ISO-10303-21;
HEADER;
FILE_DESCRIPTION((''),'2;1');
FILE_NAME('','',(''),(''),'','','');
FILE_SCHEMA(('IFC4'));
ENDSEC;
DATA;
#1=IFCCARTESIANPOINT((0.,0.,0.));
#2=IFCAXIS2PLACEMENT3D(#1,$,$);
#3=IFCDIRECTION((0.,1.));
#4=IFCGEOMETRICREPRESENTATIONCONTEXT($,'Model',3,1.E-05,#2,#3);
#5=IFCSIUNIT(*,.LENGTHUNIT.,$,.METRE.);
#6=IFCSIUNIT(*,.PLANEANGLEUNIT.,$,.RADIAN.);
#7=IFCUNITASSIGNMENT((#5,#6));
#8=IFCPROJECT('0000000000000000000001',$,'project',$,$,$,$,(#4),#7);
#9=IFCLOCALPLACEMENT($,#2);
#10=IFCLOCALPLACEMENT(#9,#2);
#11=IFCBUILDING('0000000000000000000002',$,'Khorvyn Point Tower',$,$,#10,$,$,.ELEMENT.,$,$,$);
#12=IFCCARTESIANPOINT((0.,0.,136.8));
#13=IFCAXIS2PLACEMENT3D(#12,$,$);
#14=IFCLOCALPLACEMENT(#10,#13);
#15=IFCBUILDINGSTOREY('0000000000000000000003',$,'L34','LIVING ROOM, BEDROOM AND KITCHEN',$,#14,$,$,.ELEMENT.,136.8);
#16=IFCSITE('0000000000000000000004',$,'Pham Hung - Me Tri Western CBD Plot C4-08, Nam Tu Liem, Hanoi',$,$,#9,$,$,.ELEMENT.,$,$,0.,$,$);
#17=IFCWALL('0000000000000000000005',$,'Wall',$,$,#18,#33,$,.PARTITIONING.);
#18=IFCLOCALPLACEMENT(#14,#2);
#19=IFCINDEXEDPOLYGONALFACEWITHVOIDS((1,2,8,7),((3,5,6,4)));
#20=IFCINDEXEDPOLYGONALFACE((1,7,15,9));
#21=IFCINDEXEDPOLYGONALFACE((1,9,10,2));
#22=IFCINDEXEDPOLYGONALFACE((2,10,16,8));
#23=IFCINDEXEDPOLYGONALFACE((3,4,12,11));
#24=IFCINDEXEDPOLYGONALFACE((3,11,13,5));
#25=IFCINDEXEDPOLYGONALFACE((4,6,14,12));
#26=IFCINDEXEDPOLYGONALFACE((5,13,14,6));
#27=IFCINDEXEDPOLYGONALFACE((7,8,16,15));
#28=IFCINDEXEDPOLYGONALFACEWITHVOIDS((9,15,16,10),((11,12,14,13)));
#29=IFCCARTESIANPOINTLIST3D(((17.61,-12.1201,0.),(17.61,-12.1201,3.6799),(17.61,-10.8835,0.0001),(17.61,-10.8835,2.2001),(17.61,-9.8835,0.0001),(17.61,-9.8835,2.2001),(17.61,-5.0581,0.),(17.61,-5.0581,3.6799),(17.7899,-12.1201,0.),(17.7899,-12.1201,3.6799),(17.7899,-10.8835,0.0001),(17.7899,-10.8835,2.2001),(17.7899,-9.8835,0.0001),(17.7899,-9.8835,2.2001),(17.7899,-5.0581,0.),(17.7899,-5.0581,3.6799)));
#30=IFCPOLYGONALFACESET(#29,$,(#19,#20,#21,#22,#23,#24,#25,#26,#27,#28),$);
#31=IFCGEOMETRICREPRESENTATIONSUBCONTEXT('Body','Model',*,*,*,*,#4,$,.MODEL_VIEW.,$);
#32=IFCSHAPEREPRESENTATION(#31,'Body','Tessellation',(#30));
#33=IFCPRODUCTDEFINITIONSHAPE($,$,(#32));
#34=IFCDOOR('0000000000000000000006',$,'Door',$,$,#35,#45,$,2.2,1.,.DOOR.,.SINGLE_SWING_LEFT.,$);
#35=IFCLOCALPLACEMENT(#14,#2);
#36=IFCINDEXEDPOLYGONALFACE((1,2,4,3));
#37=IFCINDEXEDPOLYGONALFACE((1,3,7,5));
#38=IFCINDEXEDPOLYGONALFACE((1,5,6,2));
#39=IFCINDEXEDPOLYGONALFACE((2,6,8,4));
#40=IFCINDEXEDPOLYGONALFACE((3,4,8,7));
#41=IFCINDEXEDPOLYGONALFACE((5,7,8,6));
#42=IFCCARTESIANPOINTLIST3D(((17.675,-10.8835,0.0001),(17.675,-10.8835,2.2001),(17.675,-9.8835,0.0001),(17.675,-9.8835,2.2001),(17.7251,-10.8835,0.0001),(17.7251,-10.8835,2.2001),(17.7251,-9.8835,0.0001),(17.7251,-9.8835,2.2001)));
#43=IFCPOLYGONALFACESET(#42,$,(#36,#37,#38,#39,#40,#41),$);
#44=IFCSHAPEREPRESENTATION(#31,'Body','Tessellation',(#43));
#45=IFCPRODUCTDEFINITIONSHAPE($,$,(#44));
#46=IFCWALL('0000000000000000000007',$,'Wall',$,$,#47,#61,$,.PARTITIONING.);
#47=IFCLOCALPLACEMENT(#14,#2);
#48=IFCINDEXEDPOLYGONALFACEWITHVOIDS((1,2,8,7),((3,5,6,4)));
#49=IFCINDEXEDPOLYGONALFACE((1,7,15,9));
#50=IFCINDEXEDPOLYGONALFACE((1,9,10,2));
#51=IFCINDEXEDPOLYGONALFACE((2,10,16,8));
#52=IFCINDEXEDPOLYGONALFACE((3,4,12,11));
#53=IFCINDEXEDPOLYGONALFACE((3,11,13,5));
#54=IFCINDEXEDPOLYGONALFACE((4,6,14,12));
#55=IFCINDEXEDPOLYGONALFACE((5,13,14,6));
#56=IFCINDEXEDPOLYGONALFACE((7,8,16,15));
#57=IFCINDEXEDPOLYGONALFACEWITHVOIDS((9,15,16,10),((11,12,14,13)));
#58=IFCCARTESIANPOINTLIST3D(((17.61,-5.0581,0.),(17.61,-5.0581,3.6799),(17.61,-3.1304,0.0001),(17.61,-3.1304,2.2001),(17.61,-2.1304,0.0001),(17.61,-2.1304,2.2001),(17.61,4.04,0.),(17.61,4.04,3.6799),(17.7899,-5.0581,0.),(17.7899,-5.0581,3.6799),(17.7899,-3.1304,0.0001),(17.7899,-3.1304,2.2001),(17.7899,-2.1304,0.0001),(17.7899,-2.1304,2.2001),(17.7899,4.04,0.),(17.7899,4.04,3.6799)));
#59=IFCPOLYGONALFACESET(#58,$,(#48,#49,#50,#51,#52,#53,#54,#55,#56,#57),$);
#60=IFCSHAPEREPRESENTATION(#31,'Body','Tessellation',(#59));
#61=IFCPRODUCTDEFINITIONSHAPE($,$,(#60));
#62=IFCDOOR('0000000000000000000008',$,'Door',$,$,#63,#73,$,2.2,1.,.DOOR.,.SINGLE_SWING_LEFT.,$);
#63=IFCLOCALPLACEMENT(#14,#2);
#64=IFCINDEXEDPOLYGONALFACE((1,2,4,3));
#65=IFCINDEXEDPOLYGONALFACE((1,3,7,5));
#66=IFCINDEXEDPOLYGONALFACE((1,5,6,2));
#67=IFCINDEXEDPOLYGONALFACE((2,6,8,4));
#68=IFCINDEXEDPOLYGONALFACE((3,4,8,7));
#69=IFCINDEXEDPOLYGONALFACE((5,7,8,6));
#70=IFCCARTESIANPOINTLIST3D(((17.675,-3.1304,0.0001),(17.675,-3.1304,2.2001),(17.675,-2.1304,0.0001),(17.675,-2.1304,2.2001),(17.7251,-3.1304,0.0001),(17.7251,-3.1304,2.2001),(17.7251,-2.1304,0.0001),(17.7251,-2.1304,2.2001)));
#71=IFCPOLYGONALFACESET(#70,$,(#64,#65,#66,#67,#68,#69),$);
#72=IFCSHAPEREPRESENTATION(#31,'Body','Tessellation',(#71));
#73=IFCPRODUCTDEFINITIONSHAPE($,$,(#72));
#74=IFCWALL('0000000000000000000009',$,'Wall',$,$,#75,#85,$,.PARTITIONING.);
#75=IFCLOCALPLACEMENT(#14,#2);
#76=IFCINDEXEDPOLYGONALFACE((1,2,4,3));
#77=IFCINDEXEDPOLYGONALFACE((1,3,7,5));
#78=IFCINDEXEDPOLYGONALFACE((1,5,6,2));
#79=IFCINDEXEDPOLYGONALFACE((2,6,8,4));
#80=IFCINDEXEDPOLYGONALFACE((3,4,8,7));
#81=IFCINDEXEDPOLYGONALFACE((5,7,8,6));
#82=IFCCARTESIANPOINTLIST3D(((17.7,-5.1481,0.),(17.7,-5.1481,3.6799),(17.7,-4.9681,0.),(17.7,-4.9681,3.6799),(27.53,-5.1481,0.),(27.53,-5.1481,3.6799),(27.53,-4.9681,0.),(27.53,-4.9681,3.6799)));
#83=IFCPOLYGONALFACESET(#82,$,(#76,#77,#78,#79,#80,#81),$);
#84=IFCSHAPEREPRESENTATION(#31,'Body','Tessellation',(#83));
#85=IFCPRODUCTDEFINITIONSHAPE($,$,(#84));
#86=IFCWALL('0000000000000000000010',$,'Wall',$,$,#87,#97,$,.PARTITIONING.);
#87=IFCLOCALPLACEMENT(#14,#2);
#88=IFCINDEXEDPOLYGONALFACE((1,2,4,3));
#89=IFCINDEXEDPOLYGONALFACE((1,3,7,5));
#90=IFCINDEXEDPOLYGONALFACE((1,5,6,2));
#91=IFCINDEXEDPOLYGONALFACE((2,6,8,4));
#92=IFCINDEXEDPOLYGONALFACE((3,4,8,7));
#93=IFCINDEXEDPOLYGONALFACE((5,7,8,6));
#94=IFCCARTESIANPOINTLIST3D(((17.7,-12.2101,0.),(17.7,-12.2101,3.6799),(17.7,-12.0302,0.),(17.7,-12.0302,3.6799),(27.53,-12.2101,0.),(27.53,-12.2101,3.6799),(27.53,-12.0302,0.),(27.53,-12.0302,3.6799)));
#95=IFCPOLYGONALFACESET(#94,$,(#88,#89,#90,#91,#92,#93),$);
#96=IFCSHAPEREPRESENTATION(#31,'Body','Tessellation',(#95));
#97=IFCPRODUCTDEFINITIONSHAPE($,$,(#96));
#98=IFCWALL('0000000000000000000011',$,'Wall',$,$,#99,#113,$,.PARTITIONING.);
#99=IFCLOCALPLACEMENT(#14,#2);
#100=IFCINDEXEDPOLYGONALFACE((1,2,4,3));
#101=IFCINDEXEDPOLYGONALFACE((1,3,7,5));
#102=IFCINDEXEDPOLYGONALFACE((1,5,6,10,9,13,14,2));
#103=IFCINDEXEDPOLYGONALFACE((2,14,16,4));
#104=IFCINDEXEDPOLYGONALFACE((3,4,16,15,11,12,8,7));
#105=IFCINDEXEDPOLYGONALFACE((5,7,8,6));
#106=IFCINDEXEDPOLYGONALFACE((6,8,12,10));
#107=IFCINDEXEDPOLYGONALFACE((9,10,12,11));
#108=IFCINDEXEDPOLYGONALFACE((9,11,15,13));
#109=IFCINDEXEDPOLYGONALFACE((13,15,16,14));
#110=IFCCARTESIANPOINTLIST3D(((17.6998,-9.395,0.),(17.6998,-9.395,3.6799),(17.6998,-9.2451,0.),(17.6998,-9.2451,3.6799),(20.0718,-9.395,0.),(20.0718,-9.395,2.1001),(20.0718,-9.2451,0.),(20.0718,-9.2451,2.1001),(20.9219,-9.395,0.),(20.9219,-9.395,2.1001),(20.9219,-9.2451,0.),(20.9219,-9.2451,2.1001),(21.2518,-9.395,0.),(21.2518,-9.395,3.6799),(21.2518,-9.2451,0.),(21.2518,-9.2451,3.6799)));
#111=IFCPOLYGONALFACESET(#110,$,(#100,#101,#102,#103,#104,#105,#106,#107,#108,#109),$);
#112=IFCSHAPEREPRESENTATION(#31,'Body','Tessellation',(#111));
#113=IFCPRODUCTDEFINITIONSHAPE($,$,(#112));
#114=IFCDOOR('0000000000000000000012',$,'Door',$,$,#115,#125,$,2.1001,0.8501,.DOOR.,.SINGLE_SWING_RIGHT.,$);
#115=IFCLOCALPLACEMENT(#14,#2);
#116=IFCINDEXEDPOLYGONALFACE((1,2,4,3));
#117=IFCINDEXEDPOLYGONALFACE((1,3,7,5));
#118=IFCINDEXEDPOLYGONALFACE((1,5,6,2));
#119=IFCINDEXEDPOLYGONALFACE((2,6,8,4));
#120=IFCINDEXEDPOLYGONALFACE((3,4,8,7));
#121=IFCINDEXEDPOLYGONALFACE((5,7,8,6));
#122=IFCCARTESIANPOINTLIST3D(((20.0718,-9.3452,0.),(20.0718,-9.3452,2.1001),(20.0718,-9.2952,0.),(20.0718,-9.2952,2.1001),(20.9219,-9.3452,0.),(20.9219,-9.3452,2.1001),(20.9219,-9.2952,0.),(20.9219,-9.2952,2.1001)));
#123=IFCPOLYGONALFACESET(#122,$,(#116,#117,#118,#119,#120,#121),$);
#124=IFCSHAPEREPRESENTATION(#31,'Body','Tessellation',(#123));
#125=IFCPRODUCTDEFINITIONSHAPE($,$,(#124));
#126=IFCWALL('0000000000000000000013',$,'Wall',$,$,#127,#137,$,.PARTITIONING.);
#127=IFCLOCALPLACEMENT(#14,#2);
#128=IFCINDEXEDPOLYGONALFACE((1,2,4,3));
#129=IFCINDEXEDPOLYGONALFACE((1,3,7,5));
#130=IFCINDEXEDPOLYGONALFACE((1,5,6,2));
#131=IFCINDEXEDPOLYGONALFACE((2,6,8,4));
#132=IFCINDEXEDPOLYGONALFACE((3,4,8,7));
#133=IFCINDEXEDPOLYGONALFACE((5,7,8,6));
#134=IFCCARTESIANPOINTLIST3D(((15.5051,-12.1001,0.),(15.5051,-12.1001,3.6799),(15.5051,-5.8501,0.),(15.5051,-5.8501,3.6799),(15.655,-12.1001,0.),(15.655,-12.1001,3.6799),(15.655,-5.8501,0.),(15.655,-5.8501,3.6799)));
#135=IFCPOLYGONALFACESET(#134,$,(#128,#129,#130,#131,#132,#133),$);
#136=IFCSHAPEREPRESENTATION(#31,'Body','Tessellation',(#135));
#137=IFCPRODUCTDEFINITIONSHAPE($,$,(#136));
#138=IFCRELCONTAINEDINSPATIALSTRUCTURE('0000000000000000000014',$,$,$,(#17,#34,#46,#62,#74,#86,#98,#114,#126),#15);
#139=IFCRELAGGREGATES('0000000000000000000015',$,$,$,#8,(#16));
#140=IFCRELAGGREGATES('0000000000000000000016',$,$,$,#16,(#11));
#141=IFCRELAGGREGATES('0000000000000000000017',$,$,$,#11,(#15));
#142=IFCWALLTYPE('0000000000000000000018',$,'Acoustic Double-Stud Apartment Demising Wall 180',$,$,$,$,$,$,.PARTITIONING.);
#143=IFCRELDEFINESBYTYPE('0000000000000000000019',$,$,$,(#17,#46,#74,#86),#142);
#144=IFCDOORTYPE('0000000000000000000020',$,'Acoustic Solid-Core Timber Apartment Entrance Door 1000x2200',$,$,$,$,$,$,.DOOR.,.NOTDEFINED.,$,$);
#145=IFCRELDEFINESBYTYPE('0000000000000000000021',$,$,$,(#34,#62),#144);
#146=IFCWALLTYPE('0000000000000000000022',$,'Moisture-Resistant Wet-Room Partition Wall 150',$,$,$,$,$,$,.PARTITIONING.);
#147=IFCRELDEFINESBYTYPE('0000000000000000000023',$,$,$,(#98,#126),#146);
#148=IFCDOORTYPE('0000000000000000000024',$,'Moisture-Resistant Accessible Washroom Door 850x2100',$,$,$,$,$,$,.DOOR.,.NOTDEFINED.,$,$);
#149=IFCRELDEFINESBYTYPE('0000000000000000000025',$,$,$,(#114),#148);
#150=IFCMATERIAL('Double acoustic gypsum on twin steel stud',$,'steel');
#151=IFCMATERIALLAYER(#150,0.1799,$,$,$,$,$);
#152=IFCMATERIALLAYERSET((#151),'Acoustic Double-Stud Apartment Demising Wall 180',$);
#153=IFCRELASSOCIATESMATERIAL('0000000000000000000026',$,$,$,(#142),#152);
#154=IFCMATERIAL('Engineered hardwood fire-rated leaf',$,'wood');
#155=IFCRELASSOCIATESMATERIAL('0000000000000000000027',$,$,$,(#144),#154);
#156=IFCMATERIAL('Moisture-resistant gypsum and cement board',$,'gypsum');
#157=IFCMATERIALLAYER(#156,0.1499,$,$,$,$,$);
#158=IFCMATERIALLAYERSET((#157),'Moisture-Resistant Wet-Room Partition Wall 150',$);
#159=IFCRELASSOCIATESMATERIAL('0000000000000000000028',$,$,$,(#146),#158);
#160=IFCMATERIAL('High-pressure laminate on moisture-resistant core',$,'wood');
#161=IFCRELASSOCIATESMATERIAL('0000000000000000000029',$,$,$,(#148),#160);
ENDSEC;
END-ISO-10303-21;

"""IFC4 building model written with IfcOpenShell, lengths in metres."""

from ifc_helpers import new_model, si_unit, direction, frame, frame_2d, origin, place, context, subcontext, project, spatial, rectangle, extrude, material, layer, layer_set, type_object, element, fill, save


model = new_model("IFC4")

# Units and contexts
model_context = context("Model", 3, precision=1e-05, world=origin(), true_north=direction((0.0, 1.0)))
body_context = subcontext(model_context, "Body", "Model", "MODEL_VIEW")
ifc_project = project(units=[si_unit("LENGTHUNIT", "METRE"), si_unit("PLANEANGLEUNIT", "RADIAN")], contexts=[model_context])

# Site, building, storey
site_placement = place(None, origin())
site = spatial("IfcSite", under=ifc_project, at=site_placement, Name="Pham Hung - Me Tri Western CBD Plot C4-08, Nam Tu Liem, Hanoi", CompositionType="ELEMENT", RefElevation=0.0)
building_placement = place(site_placement, origin())
building = spatial("IfcBuilding", under=site, at=building_placement, Name="Khorvyn Point Tower", CompositionType="ELEMENT")
storey_placement = place(building_placement, frame((0.0, 0.0, 136.8)))
storey = spatial("IfcBuildingStorey", under=building, at=storey_placement, Name="L34", Description="LIVING ROOM, BEDROOM AND KITCHEN", CompositionType="ELEMENT", Elevation=136.8)

# Walls, openings, doors
ifc_material_1 = material(Name="Double acoustic gypsum on twin steel stud", Category="steel")
ifc_layer_1 = layer(ifc_material_1, 0.1799)
ifc_layer_set_1 = layer_set([ifc_layer_1], Name="Acoustic Double-Stud Apartment Demising Wall 180")
wall_type_1 = type_object("IfcWallType", Name="Acoustic Double-Stud Apartment Demising Wall 180", PredefinedType="PARTITIONING", material=ifc_layer_set_1)
ifc_material_2 = material(Name="Engineered hardwood fire-rated leaf", Category="wood")
door_type_1 = type_object("IfcDoorType", Name="Acoustic Solid-Core Timber Apartment Entrance Door 1000x2200", OperationType="NOTDEFINED", PredefinedType="DOOR", material=ifc_material_2)
wall_1_placement = place(storey_placement, frame((17.7, -12.1201, 0.0), z_axis=(0.0, 0.0, 1.0), x_axis=(0.0, 1.0, 0.0)))
wall_1 = element("IfcWall", 1, at=wall_1_placement, inside=storey, type_object=wall_type_1, Name="Wall", PredefinedType="PARTITIONING", context=body_context, shape_type="SweptSolid", body=[
    extrude(rectangle(XDim=7.062, YDim=0.1799, at=frame_2d((3.531, 0.0))), origin(), (0.0, 0.0, 1.0), 3.6799),
])
opening_1_placement = place(wall_1_placement, frame((1.2366, 0.0, 0.0)))
opening_1 = element("IfcOpeningElement", 2, at=opening_1_placement, cuts=wall_1, PredefinedType="OPENING", context=body_context, shape_type="SweptSolid", body=[
    extrude(rectangle(XDim=1.0, YDim=2.2, at=frame_2d((0.5, 1.1001))), frame((0.0, 0.0999, 0.0), z_axis=(0.0, -1.0, 0.0), x_axis=(1.0, 0.0, 0.0)), (0.0, 0.0, 1.0), 0.2),
])
door_1_placement = place(opening_1_placement, origin())
door_1 = element("IfcDoor", 3, at=door_1_placement, inside=storey, type_object=door_type_1, Name="Door", OperationType="SINGLE_SWING_LEFT", OverallHeight=2.2, OverallWidth=1.0, PredefinedType="DOOR", context=body_context, shape_type="SweptSolid", body=[
    extrude(rectangle(XDim=1.0, YDim=2.2, at=frame_2d((0.5, 1.1001))), frame((0.0, 0.0249, 0.0), z_axis=(0.0, -1.0, 0.0), x_axis=(1.0, 0.0, 0.0)), (0.0, 0.0, 1.0), 0.05),
])
fill(opening_1, door_1)
wall_2_placement = place(storey_placement, frame((17.7, -5.0581, 0.0), z_axis=(0.0, 0.0, 1.0), x_axis=(0.0, 1.0, 0.0)))
wall_2 = element("IfcWall", 4, at=wall_2_placement, inside=storey, type_object=wall_type_1, Name="Wall", PredefinedType="PARTITIONING", context=body_context, shape_type="SweptSolid", body=[
    extrude(rectangle(XDim=9.0981, YDim=0.1799, at=frame_2d((4.5491, 0.0))), origin(), (0.0, 0.0, 1.0), 3.6799),
])
opening_2_placement = place(wall_2_placement, frame((1.9277, 0.0, 0.0)))
opening_2 = element("IfcOpeningElement", 5, at=opening_2_placement, cuts=wall_2, PredefinedType="OPENING", context=body_context, shape_type="SweptSolid", body=[
    extrude(rectangle(XDim=1.0, YDim=2.2, at=frame_2d((0.5, 1.1001))), frame((0.0, 0.0999, 0.0), z_axis=(0.0, -1.0, 0.0), x_axis=(1.0, 0.0, 0.0)), (0.0, 0.0, 1.0), 0.2),
])
door_2_placement = place(opening_2_placement, origin())
door_2 = element("IfcDoor", 6, at=door_2_placement, inside=storey, type_object=door_type_1, Name="Door", OperationType="SINGLE_SWING_LEFT", OverallHeight=2.2, OverallWidth=1.0, PredefinedType="DOOR", context=body_context, shape_type="SweptSolid", body=[
    extrude(rectangle(XDim=1.0, YDim=2.2, at=frame_2d((0.5, 1.1001))), frame((0.0, 0.0249, 0.0), z_axis=(0.0, -1.0, 0.0), x_axis=(1.0, 0.0, 0.0)), (0.0, 0.0, 1.0), 0.05),
])
fill(opening_2, door_2)

# Walls
for number, where, z_axis, x_axis, name in (
    (7, (17.7, -5.0581, 0.0), (0.0, 0.0, 1.0), (1.0, 0.0, 0.0), "Wall"),
    (8, (17.7, -12.1201, 0.0), (0.0, 0.0, 1.0), (1.0, 0.0, 0.0), "Wall"),
):
    element("IfcWall", number, at=place(storey_placement, frame(where, z_axis=z_axis, x_axis=x_axis)), inside=storey, type_object=wall_type_1, Name=name, PredefinedType="PARTITIONING", context=body_context, shape_type="SweptSolid", body=[
        extrude(rectangle(XDim=9.8301, YDim=0.1799, at=frame_2d((4.915, 0.0))), origin(), (0.0, 0.0, 1.0), 3.6799),
    ])

# Wall, opening, door
ifc_material_3 = material(Name="Moisture-resistant gypsum and cement board", Category="gypsum")
ifc_layer_2 = layer(ifc_material_3, 0.1499)
ifc_layer_set_2 = layer_set([ifc_layer_2], Name="Moisture-Resistant Wet-Room Partition Wall 150")
wall_type_2 = type_object("IfcWallType", Name="Moisture-Resistant Wet-Room Partition Wall 150", PredefinedType="PARTITIONING", material=ifc_layer_set_2)
wall_3_placement = place(storey_placement, frame((17.7, -9.3201, 0.0), z_axis=(0.0, 0.0, 1.0), x_axis=(1.0, 0.0, 0.0)))
wall_3 = element("IfcWall", 9, at=wall_3_placement, inside=storey, type_object=wall_type_2, Name="Wall", PredefinedType="PARTITIONING", context=body_context, shape_type="SweptSolid", body=[
    extrude(rectangle(XDim=3.552, YDim=0.1499, at=frame_2d((1.7759, 0.0))), origin(), (0.0, 0.0, 1.0), 3.6799),
])
opening_3_placement = place(wall_3_placement, frame((2.3718, 0.0, 0.0)))
opening_3 = element("IfcOpeningElement", 10, at=opening_3_placement, cuts=wall_3, PredefinedType="OPENING", context=body_context, shape_type="SweptSolid", body=[
    extrude(rectangle(XDim=0.8501, YDim=2.1001, at=frame_2d((0.425, 1.05))), frame((0.0, 0.085, 0.0), z_axis=(0.0, -1.0, 0.0), x_axis=(1.0, 0.0, 0.0)), (0.0, 0.0, 1.0), 0.1699),
])
ifc_material_4 = material(Name="High-pressure laminate on moisture-resistant core", Category="wood")
door_type_2 = type_object("IfcDoorType", Name="Moisture-Resistant Accessible Washroom Door 850x2100", OperationType="NOTDEFINED", PredefinedType="DOOR", material=ifc_material_4)
door_3_placement = place(opening_3_placement, origin())
door_3 = element("IfcDoor", 11, at=door_3_placement, inside=storey, type_object=door_type_2, Name="Door", OperationType="SINGLE_SWING_RIGHT", OverallHeight=2.1001, OverallWidth=0.8501, PredefinedType="DOOR", context=body_context, shape_type="SweptSolid", body=[
    extrude(rectangle(XDim=0.8501, YDim=2.1001, at=frame_2d((0.425, 1.05))), frame((0.0, 0.0249, 0.0), z_axis=(0.0, -1.0, 0.0), x_axis=(1.0, 0.0, 0.0)), (0.0, 0.0, 1.0), 0.05),
])
fill(opening_3, door_3)

# Wall
wall_4_placement = place(storey_placement, frame((15.5801, -12.1001, 0.0), z_axis=(0.0, 0.0, 1.0), x_axis=(0.0, 1.0, 0.0)))
element("IfcWall", 12, at=wall_4_placement, inside=storey, type_object=wall_type_2, Name="Wall", PredefinedType="PARTITIONING", context=body_context, shape_type="SweptSolid", body=[
    extrude(rectangle(XDim=6.25, YDim=0.1499, at=frame_2d((3.125, 0.0))), origin(), (0.0, 0.0, 1.0), 3.6799),
])

save(model, "model.ifc")
